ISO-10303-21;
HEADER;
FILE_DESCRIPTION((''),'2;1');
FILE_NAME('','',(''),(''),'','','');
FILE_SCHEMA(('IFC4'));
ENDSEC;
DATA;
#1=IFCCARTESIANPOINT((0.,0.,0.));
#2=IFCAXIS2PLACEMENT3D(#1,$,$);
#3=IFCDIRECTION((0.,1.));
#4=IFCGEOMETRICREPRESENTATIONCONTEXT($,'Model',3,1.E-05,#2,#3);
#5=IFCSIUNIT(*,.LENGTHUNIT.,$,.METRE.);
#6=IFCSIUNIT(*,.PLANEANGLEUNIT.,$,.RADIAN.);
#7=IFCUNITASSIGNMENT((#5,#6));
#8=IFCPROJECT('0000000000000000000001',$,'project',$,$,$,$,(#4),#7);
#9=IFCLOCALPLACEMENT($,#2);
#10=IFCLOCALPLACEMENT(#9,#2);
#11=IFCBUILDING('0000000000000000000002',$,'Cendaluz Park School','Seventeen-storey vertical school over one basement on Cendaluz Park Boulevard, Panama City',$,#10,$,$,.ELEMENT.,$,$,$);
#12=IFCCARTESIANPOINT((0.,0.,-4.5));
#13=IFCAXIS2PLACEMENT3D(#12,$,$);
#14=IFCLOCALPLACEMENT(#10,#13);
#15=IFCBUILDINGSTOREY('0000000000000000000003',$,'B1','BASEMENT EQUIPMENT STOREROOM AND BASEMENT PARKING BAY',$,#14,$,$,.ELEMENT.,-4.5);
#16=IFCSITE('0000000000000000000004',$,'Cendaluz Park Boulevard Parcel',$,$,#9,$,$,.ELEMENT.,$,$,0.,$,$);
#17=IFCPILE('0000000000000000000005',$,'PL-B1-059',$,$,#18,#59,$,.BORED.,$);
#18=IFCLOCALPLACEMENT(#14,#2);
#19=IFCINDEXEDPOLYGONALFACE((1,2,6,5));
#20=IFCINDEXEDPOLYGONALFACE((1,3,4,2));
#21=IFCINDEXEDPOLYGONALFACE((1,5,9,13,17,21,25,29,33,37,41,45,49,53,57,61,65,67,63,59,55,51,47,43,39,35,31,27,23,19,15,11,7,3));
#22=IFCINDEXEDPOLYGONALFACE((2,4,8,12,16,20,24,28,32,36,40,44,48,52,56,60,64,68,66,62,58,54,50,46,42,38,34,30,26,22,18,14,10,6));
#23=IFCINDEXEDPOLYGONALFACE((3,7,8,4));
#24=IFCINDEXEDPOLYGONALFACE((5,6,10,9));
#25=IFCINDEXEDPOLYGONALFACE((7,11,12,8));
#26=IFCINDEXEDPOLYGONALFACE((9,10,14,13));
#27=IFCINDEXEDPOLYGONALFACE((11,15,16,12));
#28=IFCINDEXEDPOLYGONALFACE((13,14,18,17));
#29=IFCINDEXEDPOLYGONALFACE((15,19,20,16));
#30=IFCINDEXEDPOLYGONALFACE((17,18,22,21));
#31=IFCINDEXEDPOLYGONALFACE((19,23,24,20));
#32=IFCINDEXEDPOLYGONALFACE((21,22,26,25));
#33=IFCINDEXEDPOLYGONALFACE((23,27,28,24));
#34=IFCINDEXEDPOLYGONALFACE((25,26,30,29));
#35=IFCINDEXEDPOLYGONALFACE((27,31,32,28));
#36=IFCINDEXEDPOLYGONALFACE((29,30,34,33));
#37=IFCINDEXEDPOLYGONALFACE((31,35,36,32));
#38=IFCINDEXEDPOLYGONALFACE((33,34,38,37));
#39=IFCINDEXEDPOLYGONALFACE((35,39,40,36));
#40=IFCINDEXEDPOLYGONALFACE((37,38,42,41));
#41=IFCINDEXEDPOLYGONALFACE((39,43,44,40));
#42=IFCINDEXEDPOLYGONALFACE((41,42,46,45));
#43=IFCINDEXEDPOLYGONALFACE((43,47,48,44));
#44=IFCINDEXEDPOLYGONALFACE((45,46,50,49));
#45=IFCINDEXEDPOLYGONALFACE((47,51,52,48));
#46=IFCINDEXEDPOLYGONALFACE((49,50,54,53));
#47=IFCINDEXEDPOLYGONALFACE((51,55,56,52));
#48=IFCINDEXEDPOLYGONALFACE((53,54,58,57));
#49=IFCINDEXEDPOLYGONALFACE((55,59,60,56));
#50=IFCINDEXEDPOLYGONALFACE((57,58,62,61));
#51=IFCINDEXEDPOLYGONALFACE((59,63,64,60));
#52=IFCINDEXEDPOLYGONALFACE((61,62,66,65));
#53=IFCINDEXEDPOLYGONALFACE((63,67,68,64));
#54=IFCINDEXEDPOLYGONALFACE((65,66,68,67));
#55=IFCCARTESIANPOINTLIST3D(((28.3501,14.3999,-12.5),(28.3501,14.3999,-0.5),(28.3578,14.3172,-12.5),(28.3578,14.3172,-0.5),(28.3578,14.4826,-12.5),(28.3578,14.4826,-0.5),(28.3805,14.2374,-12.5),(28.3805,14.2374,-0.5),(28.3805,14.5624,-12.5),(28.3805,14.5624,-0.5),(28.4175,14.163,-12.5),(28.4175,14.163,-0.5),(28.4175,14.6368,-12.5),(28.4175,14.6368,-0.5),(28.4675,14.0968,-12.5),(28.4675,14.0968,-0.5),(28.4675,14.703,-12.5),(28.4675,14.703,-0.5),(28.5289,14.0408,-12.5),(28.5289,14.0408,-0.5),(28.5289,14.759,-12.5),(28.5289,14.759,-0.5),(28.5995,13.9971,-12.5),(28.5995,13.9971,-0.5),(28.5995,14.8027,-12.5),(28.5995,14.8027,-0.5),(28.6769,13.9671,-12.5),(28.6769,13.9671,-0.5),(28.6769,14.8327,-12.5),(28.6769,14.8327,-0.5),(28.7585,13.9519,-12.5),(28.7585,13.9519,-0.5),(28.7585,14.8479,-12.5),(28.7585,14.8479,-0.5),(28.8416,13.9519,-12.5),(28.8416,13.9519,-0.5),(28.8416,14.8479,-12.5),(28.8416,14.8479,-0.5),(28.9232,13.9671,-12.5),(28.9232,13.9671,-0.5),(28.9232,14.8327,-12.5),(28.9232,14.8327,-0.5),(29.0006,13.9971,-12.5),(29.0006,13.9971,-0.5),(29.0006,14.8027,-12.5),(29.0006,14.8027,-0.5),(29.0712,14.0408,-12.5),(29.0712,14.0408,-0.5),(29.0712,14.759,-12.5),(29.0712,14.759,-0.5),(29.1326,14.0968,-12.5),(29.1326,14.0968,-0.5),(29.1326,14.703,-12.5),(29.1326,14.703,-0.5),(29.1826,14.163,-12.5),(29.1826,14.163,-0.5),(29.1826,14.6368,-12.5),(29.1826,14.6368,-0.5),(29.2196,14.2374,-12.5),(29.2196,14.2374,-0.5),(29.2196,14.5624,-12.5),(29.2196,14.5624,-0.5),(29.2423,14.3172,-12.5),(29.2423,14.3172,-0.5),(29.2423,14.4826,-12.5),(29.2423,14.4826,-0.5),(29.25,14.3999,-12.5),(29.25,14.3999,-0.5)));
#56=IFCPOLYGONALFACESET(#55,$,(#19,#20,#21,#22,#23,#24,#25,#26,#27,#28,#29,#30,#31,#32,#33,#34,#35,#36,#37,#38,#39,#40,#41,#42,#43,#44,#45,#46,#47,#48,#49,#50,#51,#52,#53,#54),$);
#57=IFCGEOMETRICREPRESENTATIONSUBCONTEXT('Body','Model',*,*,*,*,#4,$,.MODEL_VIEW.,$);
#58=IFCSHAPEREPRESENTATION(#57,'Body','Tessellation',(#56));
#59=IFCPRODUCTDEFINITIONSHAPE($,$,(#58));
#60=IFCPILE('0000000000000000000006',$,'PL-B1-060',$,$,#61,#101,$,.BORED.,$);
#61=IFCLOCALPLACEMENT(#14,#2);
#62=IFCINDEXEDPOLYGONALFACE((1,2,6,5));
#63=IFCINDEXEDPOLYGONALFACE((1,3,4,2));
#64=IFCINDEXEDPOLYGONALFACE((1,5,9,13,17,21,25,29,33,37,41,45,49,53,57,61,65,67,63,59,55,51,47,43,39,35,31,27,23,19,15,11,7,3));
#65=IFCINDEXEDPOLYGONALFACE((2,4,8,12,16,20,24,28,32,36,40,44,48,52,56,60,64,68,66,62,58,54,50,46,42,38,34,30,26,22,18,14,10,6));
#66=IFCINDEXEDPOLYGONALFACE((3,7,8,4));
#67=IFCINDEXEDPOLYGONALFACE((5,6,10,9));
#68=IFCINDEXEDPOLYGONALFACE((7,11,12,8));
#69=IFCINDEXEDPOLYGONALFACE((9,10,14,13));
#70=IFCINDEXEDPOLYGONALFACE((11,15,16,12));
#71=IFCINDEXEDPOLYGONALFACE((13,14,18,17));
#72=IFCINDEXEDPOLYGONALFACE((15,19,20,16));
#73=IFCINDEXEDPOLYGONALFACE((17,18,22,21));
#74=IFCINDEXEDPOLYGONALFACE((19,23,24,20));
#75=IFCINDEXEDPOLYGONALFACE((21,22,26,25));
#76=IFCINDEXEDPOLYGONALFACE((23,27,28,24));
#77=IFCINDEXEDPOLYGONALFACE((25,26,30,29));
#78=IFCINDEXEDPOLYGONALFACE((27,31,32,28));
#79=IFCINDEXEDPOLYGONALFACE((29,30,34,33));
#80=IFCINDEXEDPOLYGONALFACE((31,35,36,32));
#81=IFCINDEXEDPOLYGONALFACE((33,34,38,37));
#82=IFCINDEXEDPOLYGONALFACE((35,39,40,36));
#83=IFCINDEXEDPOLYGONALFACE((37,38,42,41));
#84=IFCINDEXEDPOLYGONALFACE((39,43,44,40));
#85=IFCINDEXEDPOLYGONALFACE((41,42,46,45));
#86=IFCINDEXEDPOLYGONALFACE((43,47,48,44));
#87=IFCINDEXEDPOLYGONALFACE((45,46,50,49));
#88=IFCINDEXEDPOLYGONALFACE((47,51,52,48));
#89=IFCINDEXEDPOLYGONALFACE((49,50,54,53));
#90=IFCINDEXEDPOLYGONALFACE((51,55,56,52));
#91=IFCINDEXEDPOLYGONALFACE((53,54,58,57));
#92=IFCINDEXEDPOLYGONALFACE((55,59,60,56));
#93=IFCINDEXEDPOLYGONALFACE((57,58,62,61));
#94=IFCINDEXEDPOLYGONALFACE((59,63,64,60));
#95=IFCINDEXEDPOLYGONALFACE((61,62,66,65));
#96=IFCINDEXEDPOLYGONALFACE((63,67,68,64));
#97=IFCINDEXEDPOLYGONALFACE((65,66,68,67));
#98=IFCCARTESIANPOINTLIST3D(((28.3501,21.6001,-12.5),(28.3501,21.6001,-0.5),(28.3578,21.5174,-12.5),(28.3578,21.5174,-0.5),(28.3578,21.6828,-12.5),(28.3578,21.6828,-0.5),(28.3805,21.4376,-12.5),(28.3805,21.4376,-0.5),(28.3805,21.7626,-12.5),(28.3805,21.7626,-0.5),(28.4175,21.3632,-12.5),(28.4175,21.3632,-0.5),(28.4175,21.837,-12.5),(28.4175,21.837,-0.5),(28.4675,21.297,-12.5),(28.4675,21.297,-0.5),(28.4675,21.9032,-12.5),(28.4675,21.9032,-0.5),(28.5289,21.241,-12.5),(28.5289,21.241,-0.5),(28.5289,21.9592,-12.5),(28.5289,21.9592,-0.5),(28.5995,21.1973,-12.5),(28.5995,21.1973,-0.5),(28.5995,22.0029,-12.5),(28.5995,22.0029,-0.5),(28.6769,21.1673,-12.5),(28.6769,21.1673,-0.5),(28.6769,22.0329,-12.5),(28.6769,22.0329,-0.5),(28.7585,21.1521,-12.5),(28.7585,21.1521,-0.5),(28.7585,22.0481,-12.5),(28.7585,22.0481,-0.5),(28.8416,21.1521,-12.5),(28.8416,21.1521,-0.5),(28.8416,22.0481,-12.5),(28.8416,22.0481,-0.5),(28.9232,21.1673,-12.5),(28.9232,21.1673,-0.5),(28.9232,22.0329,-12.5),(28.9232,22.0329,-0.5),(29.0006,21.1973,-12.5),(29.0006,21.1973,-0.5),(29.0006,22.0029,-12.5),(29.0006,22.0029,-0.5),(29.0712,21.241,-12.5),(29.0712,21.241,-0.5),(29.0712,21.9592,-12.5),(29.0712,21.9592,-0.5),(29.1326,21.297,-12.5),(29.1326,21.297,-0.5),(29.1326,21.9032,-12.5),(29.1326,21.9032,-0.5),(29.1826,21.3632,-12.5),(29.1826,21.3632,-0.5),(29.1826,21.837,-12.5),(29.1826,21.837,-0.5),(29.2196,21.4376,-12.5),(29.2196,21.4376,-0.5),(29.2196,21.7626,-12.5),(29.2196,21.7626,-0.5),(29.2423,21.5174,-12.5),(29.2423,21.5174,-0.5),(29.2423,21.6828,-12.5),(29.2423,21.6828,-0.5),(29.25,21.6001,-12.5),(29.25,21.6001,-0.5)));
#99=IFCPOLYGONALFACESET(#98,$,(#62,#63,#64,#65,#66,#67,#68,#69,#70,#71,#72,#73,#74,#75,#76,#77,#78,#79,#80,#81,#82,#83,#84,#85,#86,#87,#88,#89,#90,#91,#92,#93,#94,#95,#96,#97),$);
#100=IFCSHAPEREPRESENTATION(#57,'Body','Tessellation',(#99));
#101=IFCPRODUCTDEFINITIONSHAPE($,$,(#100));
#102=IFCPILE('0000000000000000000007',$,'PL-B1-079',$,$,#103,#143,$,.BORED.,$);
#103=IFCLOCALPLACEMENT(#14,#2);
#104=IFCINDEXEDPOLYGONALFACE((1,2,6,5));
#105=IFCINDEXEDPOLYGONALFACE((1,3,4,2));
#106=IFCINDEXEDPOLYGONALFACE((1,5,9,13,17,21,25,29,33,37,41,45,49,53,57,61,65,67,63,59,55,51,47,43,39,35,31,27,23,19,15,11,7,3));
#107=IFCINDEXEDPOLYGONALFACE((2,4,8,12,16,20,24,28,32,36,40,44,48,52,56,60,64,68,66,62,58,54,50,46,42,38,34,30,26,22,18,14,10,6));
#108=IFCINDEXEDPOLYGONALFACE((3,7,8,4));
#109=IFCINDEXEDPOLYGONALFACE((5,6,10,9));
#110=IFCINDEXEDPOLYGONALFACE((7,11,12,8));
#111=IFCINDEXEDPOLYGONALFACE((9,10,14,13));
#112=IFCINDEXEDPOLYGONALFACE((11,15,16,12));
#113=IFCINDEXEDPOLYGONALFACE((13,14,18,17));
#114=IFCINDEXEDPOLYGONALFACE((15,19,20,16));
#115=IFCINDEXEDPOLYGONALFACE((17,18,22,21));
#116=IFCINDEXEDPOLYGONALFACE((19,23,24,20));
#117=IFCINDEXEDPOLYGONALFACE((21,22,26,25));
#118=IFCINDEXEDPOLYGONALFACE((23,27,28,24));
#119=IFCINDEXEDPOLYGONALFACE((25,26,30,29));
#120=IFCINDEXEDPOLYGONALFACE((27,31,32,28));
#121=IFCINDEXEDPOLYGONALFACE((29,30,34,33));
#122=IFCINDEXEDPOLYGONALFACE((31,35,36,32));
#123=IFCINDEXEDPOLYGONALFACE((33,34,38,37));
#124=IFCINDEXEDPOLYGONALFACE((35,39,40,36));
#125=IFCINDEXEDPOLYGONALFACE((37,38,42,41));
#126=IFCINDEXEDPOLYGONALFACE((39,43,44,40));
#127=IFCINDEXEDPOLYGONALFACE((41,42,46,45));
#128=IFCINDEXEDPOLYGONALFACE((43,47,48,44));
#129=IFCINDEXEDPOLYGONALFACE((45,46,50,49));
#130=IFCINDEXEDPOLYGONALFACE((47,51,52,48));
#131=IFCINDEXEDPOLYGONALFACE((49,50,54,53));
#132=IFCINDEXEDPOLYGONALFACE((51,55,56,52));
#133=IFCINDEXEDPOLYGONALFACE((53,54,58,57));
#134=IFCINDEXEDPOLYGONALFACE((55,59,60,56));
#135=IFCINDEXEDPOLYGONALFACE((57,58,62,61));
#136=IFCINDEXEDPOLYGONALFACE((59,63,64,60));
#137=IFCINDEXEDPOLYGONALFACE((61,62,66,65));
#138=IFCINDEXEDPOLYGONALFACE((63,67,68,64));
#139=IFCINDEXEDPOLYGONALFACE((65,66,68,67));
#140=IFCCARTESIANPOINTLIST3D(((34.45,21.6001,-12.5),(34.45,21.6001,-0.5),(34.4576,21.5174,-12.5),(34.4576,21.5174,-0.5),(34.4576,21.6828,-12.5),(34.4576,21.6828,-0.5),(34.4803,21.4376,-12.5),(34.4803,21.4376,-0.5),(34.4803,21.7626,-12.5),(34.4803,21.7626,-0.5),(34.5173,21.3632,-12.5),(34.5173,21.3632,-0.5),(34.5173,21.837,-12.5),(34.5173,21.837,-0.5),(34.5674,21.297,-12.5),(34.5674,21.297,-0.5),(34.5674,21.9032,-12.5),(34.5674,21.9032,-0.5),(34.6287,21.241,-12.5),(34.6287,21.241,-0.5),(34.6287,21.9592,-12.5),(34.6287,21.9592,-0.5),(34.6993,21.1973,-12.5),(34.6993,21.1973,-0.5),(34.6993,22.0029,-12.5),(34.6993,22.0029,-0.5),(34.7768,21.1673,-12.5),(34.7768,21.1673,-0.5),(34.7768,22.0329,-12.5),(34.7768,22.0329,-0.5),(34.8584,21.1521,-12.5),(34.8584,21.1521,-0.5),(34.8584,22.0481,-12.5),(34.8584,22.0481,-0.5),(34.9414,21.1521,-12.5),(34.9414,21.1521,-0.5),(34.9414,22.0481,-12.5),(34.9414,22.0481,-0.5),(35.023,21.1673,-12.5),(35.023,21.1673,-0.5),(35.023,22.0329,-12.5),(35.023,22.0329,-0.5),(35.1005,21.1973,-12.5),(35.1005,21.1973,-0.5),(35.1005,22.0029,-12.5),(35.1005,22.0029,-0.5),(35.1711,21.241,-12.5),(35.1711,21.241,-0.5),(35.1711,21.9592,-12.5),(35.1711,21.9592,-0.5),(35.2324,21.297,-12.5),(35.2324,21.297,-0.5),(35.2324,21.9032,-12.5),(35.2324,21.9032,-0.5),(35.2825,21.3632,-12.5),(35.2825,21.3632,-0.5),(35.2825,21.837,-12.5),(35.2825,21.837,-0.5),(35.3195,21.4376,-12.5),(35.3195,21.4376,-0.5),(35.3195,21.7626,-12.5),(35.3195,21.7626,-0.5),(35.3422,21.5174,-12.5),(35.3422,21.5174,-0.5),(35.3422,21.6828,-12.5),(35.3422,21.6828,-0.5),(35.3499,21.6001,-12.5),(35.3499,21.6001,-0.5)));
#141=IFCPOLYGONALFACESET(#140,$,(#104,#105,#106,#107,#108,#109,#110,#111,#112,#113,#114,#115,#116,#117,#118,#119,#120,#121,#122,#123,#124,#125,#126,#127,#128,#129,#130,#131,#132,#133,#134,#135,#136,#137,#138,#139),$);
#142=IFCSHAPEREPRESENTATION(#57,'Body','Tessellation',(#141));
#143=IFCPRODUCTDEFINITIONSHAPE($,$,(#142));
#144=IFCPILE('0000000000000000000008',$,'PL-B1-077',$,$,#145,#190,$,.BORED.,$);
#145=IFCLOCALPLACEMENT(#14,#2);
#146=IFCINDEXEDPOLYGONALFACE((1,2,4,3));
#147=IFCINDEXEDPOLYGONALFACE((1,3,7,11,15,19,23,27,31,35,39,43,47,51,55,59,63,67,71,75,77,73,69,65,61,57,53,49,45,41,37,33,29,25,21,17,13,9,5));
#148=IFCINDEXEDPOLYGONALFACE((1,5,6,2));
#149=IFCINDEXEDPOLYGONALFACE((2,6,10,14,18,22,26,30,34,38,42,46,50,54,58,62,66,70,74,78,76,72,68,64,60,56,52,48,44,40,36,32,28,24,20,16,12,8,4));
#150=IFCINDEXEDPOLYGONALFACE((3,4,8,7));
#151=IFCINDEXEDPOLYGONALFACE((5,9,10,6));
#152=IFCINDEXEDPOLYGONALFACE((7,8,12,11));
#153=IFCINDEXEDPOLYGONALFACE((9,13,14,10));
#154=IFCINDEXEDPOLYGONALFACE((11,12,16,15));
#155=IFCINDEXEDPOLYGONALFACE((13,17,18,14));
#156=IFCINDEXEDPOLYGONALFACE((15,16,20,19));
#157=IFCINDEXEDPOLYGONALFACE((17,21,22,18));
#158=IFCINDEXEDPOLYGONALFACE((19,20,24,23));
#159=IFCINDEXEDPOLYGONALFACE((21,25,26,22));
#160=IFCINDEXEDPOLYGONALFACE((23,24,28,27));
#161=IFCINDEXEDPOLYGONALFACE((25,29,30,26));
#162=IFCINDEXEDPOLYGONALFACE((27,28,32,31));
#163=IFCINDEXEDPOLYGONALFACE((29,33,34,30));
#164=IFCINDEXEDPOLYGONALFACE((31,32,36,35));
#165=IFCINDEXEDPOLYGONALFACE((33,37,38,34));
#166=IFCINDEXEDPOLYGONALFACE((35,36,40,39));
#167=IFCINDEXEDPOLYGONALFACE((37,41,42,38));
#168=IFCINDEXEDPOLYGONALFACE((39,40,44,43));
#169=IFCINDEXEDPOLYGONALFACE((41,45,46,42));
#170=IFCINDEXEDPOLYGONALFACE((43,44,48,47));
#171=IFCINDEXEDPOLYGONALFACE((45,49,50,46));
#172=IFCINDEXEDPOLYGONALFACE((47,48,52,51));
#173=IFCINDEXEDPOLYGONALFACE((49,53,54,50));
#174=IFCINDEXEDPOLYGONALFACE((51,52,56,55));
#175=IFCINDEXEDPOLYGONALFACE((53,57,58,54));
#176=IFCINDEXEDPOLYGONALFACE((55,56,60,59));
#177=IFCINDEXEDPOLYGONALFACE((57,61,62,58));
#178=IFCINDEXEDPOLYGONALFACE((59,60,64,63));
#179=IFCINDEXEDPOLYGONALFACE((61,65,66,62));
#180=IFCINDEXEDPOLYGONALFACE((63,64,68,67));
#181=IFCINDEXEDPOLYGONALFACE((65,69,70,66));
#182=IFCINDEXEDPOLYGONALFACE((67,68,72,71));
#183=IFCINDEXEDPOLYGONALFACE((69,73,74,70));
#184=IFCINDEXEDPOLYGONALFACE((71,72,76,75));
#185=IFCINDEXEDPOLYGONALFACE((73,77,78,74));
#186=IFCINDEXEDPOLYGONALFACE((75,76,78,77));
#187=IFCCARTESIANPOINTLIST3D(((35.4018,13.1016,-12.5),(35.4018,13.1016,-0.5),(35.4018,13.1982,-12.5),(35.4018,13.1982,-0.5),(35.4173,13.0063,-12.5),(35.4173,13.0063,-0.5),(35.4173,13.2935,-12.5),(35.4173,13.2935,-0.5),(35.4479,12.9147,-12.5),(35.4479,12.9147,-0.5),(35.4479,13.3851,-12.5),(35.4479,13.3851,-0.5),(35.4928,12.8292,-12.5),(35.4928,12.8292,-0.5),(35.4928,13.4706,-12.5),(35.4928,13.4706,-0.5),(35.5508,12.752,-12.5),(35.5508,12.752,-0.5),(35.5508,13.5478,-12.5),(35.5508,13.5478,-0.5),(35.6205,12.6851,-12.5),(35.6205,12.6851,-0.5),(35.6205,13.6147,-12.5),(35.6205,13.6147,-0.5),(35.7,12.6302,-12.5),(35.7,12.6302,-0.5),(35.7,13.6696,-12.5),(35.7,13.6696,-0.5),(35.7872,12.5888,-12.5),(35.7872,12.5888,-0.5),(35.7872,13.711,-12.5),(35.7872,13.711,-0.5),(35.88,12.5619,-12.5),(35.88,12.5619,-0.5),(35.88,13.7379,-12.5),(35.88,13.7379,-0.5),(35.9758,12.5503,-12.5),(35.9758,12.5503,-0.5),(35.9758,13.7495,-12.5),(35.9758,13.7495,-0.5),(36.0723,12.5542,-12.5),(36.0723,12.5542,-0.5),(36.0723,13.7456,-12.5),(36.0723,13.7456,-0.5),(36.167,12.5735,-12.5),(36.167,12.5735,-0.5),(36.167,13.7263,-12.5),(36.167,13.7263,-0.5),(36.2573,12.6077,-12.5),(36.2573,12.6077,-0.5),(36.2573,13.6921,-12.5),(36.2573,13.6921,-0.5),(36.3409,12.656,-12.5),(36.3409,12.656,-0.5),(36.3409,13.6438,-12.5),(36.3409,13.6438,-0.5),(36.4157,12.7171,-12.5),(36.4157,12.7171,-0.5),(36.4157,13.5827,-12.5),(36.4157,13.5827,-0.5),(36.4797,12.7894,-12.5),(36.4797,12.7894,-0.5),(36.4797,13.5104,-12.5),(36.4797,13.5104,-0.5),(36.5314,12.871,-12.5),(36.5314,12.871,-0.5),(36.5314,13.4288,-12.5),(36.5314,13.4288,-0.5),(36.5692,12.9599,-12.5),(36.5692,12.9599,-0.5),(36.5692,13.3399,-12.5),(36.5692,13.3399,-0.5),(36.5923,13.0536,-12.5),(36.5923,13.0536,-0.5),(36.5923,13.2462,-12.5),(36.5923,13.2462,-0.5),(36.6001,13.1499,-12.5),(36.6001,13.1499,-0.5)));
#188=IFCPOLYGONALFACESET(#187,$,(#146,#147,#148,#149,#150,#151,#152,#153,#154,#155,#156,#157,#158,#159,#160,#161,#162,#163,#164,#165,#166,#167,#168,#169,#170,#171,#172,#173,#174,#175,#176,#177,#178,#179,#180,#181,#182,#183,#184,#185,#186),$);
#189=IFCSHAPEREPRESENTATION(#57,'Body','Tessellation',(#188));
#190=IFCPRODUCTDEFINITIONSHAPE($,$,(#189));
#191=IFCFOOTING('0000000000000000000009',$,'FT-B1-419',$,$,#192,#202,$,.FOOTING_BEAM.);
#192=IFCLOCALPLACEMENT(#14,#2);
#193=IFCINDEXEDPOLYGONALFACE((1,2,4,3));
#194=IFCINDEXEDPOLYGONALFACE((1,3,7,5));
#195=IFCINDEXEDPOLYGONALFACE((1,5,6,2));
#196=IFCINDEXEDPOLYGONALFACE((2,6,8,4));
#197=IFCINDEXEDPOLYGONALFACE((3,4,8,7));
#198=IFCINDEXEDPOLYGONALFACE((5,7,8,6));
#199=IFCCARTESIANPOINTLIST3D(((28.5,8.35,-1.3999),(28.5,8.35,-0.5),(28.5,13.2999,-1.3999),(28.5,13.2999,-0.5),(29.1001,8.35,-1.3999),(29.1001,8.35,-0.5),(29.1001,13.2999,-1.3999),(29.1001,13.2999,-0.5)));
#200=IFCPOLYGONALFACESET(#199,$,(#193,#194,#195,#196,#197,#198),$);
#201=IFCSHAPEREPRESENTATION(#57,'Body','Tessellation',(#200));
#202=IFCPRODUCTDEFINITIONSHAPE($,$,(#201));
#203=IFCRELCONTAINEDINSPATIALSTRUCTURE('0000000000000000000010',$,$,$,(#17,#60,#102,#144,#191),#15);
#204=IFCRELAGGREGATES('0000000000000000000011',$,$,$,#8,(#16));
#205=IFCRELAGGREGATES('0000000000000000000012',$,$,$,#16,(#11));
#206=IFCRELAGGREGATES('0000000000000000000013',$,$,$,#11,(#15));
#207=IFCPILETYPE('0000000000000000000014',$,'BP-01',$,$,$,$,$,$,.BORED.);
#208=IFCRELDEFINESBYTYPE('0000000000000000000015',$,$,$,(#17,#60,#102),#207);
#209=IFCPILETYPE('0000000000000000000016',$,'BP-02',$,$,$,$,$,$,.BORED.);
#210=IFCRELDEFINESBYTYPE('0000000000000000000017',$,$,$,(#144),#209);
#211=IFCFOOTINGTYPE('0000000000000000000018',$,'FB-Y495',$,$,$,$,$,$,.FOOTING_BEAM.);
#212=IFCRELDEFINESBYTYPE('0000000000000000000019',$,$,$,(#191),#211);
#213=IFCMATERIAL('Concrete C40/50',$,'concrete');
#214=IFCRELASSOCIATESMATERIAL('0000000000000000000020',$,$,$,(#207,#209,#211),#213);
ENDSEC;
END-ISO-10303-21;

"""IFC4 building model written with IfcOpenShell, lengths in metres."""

from ifc_helpers import new_model, si_unit, direction, frame, origin, origin_2d, place, context, subcontext, project, spatial, rectangle, circle, extrude, material, material_profile, profile_set, type_object, element, save


model = new_model("IFC4")

# Units and contexts
model_context = context("Model", 3, precision=1e-05, world=origin(), true_north=direction((0.0, 1.0)))
body_context = subcontext(model_context, "Body", "Model", "MODEL_VIEW")
ifc_project = project(units=[si_unit("LENGTHUNIT", "METRE"), si_unit("PLANEANGLEUNIT", "RADIAN")], contexts=[model_context])

# Site, building, storey
site_placement = place(None, origin())
site = spatial("IfcSite", under=ifc_project, at=site_placement, Name="Cendaluz Park Boulevard Parcel", CompositionType="ELEMENT", RefElevation=0.0)
building_placement = place(site_placement, origin())
building = spatial("IfcBuilding", under=site, at=building_placement, Name="Cendaluz Park School", Description="Seventeen-storey vertical school over one basement on Cendaluz Park Boulevard, Panama City", CompositionType="ELEMENT")
storey_placement = place(building_placement, frame((0.0, 0.0, -4.5)))
storey = spatial("IfcBuildingStorey", under=building, at=storey_placement, Name="B1", Description="BASEMENT EQUIPMENT STOREROOM AND BASEMENT PARKING BAY", CompositionType="ELEMENT", Elevation=-4.5)

# Piles
ifc_material_1 = material(Name="Concrete C40/50", Category="concrete")
ifc_material_profile_1 = material_profile(ifc_material_1, circle(Radius=0.45, at=origin_2d()), Name="BP D900", Category="concrete")
ifc_profile_set_1 = profile_set([ifc_material_profile_1], Name="Concrete C40/50")
pile_type_1 = type_object("IfcPileType", Name="BP-01", PredefinedType="BORED", material=ifc_profile_set_1)
for number, where, z_axis, x_axis, name in (
    (1, (28.8, 14.3999, -0.5), (0.0, 0.0, -1.0), (1.0, 0.0, 0.0), "PL-B1-059"),
    (2, (28.8, 21.6001, -0.5), (0.0, 0.0, -1.0), (1.0, 0.0, 0.0), "PL-B1-060"),
    (3, (34.8999, 21.6001, -0.5), (0.0, 0.0, -1.0), (1.0, 0.0, 0.0), "PL-B1-079"),
):
    element("IfcPile", number, at=place(storey_placement, frame(where, z_axis=z_axis, x_axis=x_axis)), inside=storey, type_object=pile_type_1, Name=name, PredefinedType="BORED", context=body_context, shape_type="SweptSolid", body=[
        extrude(circle(Radius=0.45, at=origin_2d()), origin(), (0.0, 0.0, 1.0), 12.0),
    ])
ifc_material_profile_2 = material_profile(ifc_material_1, circle(Radius=0.6001, at=origin_2d()), Name="BP D1200", Category="concrete")
ifc_profile_set_2 = profile_set([ifc_material_profile_2], Name="Concrete C40/50")
pile_type_2 = type_object("IfcPileType", Name="BP-02", PredefinedType="BORED", material=ifc_profile_set_2)
pile_placement = place(storey_placement, frame((36.0, 13.1499, -0.5), z_axis=(0.0, 0.0, -1.0), x_axis=(1.0, 0.0, 0.0)))
element("IfcPile", 4, at=pile_placement, inside=storey, type_object=pile_type_2, Name="PL-B1-077", PredefinedType="BORED", context=body_context, shape_type="SweptSolid", body=[
    extrude(circle(Radius=0.6001, at=origin_2d()), origin(), (0.0, 0.0, 1.0), 12.0),
])

# Footing
footing_type_1 = type_object("IfcFootingType", Name="FB-Y495", PredefinedType="FOOTING_BEAM", material=ifc_material_1)
footing_1_placement = place(storey_placement, frame((28.8, 10.825, -1.3999), z_axis=(0.0, 0.0, 1.0), x_axis=(1.0, 0.0, 0.0)))
element("IfcFooting", 5, at=footing_1_placement, inside=storey, type_object=footing_type_1, Name="FT-B1-419", PredefinedType="FOOTING_BEAM", context=body_context, shape_type="SweptSolid", body=[
    extrude(rectangle(XDim=0.6001, YDim=4.95, at=origin_2d()), origin(), (0.0, 0.0, 1.0), 0.8999),
])

save(model, "model.ifc")
